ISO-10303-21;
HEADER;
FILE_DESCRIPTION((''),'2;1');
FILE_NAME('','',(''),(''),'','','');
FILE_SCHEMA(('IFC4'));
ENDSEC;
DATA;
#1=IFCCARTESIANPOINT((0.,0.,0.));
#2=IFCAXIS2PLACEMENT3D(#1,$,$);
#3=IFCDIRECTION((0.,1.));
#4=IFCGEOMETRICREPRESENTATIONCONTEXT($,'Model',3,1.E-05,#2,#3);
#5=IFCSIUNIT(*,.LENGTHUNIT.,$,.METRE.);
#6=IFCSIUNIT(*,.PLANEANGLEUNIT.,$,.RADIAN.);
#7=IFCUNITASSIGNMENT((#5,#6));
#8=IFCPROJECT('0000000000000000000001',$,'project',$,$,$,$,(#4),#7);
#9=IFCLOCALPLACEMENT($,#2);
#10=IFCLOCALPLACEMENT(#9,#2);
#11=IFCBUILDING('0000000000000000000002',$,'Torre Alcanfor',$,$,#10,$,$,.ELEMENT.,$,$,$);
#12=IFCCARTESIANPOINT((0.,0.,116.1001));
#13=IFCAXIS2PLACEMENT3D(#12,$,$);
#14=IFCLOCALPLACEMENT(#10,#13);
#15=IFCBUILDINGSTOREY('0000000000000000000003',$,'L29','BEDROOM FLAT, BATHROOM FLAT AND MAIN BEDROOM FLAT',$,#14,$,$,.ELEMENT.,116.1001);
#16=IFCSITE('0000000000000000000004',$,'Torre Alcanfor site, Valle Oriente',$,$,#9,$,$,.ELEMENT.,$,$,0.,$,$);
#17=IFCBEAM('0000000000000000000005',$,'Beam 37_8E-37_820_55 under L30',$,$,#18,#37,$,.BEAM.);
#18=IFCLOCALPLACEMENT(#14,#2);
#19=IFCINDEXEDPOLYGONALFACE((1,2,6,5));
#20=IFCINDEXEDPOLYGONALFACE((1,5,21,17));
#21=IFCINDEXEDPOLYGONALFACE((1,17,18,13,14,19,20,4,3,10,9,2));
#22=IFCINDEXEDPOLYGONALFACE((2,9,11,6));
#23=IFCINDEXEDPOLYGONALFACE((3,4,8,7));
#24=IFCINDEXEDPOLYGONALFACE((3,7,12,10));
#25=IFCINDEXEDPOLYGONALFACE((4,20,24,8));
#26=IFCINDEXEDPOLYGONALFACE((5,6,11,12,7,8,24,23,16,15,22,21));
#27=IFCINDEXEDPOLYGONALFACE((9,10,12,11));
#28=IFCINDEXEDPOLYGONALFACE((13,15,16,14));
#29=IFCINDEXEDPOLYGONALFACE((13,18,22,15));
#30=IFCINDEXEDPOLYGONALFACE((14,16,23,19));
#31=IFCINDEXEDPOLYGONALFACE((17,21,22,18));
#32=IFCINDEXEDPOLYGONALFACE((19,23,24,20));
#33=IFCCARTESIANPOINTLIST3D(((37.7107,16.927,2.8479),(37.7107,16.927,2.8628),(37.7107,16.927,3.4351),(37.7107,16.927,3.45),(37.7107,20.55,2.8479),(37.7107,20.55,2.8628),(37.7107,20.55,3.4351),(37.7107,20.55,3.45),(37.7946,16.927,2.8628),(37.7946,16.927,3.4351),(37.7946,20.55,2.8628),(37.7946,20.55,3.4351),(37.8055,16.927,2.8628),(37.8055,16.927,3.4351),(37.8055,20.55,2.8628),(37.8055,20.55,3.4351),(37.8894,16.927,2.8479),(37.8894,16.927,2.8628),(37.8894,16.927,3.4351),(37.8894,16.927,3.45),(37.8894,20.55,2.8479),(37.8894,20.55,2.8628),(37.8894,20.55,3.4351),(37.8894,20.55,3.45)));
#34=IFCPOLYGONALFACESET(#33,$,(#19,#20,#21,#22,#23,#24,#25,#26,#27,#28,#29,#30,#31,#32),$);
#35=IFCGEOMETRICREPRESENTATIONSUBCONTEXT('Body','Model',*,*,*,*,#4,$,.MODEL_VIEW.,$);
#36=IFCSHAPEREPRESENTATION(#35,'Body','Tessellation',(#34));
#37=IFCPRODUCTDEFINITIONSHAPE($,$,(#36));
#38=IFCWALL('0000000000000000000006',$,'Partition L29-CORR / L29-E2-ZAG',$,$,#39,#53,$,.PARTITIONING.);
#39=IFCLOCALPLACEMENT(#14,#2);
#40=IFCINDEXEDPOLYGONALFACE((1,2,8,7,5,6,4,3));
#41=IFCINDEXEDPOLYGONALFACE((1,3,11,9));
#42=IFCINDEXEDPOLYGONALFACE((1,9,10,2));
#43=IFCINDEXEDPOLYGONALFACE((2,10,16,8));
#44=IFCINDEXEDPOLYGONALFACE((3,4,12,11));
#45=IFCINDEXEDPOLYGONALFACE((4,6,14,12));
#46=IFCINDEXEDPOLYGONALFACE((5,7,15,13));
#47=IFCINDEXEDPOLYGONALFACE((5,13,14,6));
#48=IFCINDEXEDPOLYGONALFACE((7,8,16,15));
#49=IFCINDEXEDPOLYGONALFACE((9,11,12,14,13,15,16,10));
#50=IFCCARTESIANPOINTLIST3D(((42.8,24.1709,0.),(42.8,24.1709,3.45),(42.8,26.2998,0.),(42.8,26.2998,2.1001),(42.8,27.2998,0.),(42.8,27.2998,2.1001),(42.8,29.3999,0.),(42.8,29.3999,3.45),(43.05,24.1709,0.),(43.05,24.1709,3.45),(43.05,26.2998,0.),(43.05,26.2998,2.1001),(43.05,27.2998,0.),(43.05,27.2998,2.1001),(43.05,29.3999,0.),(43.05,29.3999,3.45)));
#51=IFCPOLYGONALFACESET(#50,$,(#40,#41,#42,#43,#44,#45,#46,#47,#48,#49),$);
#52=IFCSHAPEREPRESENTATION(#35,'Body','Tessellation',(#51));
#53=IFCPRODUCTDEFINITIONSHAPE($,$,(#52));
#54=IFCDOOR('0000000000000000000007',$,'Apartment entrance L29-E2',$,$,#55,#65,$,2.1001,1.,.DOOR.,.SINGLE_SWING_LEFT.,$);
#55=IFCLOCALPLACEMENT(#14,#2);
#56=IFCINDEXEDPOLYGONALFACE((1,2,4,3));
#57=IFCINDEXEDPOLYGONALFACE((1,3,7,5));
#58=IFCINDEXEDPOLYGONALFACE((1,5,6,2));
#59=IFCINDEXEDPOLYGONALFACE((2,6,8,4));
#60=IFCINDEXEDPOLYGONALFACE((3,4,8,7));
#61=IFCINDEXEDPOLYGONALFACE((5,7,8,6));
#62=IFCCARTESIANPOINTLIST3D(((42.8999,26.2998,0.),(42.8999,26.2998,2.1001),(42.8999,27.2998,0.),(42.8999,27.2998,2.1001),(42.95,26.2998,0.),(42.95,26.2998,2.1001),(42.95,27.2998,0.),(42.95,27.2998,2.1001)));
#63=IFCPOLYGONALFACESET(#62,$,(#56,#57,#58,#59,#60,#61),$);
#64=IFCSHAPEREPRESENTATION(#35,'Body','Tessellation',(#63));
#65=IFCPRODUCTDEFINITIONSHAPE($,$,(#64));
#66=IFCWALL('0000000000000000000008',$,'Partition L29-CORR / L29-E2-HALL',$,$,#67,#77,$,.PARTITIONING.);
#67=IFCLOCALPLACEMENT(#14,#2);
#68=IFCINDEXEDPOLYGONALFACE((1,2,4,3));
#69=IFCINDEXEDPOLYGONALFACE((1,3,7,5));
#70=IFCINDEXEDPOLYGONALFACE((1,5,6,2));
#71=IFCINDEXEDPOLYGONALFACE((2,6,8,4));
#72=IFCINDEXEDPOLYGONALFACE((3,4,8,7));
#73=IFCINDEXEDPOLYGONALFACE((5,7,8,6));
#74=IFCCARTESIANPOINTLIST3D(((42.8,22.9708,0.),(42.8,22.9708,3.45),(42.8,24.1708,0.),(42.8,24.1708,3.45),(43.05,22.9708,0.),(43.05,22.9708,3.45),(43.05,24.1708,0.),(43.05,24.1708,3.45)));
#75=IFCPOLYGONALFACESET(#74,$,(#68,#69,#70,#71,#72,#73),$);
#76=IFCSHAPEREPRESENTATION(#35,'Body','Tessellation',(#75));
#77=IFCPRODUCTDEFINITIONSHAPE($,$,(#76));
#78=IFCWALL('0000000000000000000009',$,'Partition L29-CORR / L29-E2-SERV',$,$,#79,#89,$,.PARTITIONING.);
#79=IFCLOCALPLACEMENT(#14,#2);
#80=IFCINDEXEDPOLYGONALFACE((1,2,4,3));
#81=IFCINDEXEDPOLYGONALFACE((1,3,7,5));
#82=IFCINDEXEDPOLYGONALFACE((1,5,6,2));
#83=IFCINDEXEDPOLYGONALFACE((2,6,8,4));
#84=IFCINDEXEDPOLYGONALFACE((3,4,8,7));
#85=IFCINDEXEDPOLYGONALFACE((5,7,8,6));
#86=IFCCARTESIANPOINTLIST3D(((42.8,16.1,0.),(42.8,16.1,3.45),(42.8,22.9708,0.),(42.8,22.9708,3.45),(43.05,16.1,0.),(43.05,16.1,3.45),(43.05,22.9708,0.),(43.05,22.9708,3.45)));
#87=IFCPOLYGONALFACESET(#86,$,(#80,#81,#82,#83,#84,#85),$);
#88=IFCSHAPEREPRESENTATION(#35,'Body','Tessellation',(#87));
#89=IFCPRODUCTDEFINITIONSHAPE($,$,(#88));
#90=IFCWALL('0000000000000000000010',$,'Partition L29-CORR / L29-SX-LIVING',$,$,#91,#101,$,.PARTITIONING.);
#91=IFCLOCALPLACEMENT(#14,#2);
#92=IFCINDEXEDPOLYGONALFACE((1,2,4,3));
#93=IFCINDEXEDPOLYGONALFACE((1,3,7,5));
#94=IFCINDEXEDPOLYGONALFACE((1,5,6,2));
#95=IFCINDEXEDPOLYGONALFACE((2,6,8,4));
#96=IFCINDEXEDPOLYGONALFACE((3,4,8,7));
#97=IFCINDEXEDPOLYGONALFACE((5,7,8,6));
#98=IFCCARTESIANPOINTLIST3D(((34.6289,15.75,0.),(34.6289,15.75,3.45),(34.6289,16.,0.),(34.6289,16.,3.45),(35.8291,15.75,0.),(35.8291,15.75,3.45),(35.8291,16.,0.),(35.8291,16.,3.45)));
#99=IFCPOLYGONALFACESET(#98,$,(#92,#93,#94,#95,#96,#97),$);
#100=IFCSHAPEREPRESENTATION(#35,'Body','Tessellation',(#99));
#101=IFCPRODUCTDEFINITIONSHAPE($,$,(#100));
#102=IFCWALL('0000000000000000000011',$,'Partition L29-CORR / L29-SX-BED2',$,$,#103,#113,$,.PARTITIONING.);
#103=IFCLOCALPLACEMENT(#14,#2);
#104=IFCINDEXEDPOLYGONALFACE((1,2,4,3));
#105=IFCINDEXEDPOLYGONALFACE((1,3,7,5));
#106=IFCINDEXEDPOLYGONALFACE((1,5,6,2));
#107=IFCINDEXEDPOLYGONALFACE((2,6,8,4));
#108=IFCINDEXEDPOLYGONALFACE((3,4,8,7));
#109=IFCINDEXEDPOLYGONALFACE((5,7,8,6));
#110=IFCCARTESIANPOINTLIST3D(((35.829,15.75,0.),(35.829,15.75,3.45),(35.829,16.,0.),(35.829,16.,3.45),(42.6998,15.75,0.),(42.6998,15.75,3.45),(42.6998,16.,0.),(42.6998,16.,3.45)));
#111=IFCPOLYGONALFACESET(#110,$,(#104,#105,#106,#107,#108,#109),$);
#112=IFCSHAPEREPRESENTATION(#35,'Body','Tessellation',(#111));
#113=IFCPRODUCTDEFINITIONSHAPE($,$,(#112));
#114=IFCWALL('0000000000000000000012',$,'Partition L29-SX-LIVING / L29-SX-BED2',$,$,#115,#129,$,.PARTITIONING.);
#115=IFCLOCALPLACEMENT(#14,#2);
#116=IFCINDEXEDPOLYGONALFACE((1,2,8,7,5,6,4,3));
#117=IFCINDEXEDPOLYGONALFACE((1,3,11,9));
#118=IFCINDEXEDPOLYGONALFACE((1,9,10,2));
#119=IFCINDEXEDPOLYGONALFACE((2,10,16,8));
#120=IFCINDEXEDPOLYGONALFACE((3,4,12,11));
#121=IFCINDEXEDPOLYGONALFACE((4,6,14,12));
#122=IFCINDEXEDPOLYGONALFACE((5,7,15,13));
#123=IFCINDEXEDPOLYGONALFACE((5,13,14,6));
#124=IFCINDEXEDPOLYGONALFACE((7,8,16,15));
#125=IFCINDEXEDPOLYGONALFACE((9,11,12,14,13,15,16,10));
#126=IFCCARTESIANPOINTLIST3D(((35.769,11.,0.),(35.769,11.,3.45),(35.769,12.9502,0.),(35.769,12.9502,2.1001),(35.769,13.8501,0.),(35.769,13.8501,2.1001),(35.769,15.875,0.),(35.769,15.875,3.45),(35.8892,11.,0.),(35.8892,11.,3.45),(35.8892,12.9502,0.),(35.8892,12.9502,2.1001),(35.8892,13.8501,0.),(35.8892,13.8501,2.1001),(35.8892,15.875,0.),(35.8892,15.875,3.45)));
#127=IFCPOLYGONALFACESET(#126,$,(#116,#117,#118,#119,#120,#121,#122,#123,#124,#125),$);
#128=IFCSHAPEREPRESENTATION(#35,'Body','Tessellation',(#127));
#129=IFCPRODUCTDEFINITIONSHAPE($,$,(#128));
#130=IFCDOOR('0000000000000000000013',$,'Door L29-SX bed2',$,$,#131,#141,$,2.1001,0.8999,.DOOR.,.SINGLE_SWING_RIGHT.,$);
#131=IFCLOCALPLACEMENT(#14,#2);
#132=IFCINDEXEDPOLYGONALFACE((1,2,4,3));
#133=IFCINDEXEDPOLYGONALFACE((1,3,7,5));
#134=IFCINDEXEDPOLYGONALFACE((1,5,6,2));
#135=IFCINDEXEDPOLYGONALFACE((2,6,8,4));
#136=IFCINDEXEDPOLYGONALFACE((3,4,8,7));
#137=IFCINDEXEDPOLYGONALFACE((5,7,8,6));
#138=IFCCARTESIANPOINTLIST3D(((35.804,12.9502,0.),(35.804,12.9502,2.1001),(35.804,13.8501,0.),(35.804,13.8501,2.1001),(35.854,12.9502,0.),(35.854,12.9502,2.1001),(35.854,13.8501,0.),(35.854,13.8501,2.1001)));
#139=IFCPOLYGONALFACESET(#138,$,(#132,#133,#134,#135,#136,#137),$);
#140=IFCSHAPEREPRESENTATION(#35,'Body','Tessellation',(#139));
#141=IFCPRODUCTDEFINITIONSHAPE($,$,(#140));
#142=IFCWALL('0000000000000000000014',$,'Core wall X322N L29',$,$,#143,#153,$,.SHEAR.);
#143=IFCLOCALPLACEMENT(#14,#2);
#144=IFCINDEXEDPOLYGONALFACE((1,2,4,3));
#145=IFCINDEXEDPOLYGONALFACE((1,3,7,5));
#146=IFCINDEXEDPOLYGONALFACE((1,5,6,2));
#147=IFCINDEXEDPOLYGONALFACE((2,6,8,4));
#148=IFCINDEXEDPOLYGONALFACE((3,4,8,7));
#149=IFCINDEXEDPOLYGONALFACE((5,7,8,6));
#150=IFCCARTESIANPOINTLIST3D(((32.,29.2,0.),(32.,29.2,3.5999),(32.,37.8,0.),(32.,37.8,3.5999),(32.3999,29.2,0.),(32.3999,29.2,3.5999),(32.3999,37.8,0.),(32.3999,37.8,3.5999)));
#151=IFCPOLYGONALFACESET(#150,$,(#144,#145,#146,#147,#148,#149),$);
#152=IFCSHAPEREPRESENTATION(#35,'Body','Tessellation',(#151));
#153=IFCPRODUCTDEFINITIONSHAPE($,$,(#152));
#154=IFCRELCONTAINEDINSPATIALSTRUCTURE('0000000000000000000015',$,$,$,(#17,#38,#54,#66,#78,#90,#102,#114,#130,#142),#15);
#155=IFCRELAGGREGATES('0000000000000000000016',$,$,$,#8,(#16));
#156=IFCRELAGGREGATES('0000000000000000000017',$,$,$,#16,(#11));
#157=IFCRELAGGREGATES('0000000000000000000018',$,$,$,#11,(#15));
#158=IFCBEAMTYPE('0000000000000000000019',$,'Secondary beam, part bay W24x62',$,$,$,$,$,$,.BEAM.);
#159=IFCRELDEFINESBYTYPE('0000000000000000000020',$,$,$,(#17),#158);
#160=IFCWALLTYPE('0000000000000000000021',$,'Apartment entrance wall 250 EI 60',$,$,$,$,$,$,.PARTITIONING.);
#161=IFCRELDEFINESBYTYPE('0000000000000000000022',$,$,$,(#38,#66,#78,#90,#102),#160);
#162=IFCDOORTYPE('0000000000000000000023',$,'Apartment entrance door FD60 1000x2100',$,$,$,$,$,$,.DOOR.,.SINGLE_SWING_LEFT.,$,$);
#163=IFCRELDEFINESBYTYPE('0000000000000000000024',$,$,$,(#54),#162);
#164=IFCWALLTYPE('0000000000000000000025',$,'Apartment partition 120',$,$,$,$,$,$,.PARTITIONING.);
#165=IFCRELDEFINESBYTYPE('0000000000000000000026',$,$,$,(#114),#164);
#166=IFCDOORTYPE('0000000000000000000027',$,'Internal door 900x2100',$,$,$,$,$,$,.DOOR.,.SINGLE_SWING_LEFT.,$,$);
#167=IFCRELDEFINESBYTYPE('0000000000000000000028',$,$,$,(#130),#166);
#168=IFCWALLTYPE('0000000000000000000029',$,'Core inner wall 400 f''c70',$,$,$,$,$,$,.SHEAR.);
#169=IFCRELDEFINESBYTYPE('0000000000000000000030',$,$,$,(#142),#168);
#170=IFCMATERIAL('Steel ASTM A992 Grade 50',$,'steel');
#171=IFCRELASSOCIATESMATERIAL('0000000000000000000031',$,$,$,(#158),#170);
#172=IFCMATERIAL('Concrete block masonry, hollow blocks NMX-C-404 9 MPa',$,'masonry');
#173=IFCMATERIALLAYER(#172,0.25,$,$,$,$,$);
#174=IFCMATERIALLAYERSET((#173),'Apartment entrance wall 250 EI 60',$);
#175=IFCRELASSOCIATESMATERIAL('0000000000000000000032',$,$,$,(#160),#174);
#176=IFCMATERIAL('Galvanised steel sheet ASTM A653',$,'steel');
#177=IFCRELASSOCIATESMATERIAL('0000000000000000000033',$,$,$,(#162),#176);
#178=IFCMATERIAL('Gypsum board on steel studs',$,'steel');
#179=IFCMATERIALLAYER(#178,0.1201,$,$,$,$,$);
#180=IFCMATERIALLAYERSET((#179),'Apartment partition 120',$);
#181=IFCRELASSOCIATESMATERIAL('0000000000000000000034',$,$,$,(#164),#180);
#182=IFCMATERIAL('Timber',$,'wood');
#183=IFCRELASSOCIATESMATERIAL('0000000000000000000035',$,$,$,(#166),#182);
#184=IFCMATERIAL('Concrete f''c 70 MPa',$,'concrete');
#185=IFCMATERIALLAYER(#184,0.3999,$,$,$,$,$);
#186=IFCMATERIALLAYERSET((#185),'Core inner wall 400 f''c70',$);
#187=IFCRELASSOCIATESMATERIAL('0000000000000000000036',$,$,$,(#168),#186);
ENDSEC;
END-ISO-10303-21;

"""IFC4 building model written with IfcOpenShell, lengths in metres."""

from ifc_helpers import new_model, si_unit, direction, frame, frame_2d, origin, origin_2d, place, context, subcontext, project, spatial, rectangle, i_section, extrude, material, layer, layer_set, material_profile, profile_set, type_object, element, fill, save


model = new_model("IFC4")

# Units and contexts
model_context = context("Model", 3, precision=1e-05, world=origin(), true_north=direction((0.0, 1.0)))
body_context = subcontext(model_context, "Body", "Model", "MODEL_VIEW")
ifc_project = project(units=[si_unit("LENGTHUNIT", "METRE"), si_unit("PLANEANGLEUNIT", "RADIAN")], contexts=[model_context])

# Site, building, storey
site_placement = place(None, origin())
site = spatial("IfcSite", under=ifc_project, at=site_placement, Name="Torre Alcanfor site, Valle Oriente", CompositionType="ELEMENT", RefElevation=0.0)
building_placement = place(site_placement, origin())
building = spatial("IfcBuilding", under=site, at=building_placement, Name="Torre Alcanfor", CompositionType="ELEMENT")
storey_placement = place(building_placement, frame((0.0, 0.0, 116.1001)))
storey = spatial("IfcBuildingStorey", under=building, at=storey_placement, Name="L29", Description="BEDROOM FLAT, BATHROOM FLAT AND MAIN BEDROOM FLAT", CompositionType="ELEMENT", Elevation=116.1001)

# Beam
ifc_material_1 = material(Name="Steel ASTM A992 Grade 50", Category="steel")
ifc_material_profile_1 = material_profile(ifc_material_1, i_section(OverallWidth=0.1787, OverallDepth=0.6021, WebThickness=0.011, FlangeThickness=0.0149, at=origin_2d()), Name="W24x62")
ifc_profile_set_1 = profile_set([ifc_material_profile_1], Name="Steel ASTM A992 Grade 50")
beam_type_1 = type_object("IfcBeamType", Name="Secondary beam, part bay W24x62", PredefinedType="BEAM", material=ifc_profile_set_1)
beam_1_placement = place(storey_placement, frame((37.8, 16.927, 3.1489), z_axis=(0.0, 1.0, 0.0), x_axis=(-1.0, 0.0, 0.0)))
element("IfcBeam", 1, at=beam_1_placement, inside=storey, type_object=beam_type_1, Name="Beam 37_8E-37_820_55 under L30", PredefinedType="BEAM", context=body_context, shape_type="SweptSolid", body=[
    extrude(i_section(OverallWidth=0.1787, OverallDepth=0.6021, WebThickness=0.011, FlangeThickness=0.0149, at=origin_2d()), origin(), (0.0, 0.0, 1.0), 3.623),
])

# Wall, opening, door
ifc_material_2 = material(Name="Concrete block masonry, hollow blocks NMX-C-404 9 MPa", Category="masonry")
ifc_layer_1 = layer(ifc_material_2, 0.25)
ifc_layer_set_1 = layer_set([ifc_layer_1], Name="Apartment entrance wall 250 EI 60")
wall_type_1 = type_object("IfcWallType", Name="Apartment entrance wall 250 EI 60", PredefinedType="PARTITIONING", material=ifc_layer_set_1)
wall_1_placement = place(storey_placement, frame((42.925, 29.3999, 0.0), z_axis=(0.0, 0.0, 1.0), x_axis=(0.0, -1.0, 0.0)))
wall_1 = element("IfcWall", 2, at=wall_1_placement, inside=storey, type_object=wall_type_1, Name="Partition L29-CORR / L29-E2-ZAG", PredefinedType="PARTITIONING", context=body_context, shape_type="SweptSolid", body=[
    extrude(rectangle(XDim=5.229, YDim=0.25, at=frame_2d((2.6145, 0.0))), origin(), (0.0, 0.0, 1.0), 3.45),
])
opening_1_placement = place(wall_1_placement, frame((2.1001, 0.0, 0.0)))
opening_1 = element("IfcOpeningElement", 3, at=opening_1_placement, cuts=wall_1, PredefinedType="OPENING", context=body_context, shape_type="SweptSolid", body=[
    extrude(rectangle(XDim=1.0, YDim=2.1001, at=frame_2d((0.5, 1.05))), frame((0.0, 0.135, 0.0), z_axis=(0.0, -1.0, 0.0), x_axis=(1.0, 0.0, 0.0)), (0.0, 0.0, 1.0), 0.27),
])
ifc_material_3 = material(Name="Galvanised steel sheet ASTM A653", Category="steel")
door_type_1 = type_object("IfcDoorType", Name="Apartment entrance door FD60 1000x2100", OperationType="SINGLE_SWING_LEFT", PredefinedType="DOOR", material=ifc_material_3)
door_1_placement = place(opening_1_placement, origin())
door_1 = element("IfcDoor", 4, at=door_1_placement, inside=storey, type_object=door_type_1, Name="Apartment entrance L29-E2", OperationType="SINGLE_SWING_LEFT", OverallHeight=2.1001, OverallWidth=1.0, PredefinedType="DOOR", context=body_context, shape_type="SweptSolid", body=[
    extrude(rectangle(XDim=1.0, YDim=2.1001, at=frame_2d((0.5, 1.05))), frame((0.0, 0.0249, 0.0), z_axis=(0.0, -1.0, 0.0), x_axis=(1.0, 0.0, 0.0)), (0.0, 0.0, 1.0), 0.05),
])
fill(opening_1, door_1)

# Walls
wall_2_placement = place(storey_placement, frame((42.925, 24.1709, 0.0), z_axis=(0.0, 0.0, 1.0), x_axis=(0.0, -1.0, 0.0)))
element("IfcWall", 5, at=wall_2_placement, inside=storey, type_object=wall_type_1, Name="Partition L29-CORR / L29-E2-HALL", PredefinedType="PARTITIONING", context=body_context, shape_type="SweptSolid", body=[
    extrude(rectangle(XDim=1.2, YDim=0.25, at=frame_2d((0.6001, 0.0))), origin(), (0.0, 0.0, 1.0), 3.45),
])
wall_3_placement = place(storey_placement, frame((42.925, 22.9709, 0.0), z_axis=(0.0, 0.0, 1.0), x_axis=(0.0, -1.0, 0.0)))
element("IfcWall", 6, at=wall_3_placement, inside=storey, type_object=wall_type_1, Name="Partition L29-CORR / L29-E2-SERV", PredefinedType="PARTITIONING", context=body_context, shape_type="SweptSolid", body=[
    extrude(rectangle(XDim=6.8708, YDim=0.25, at=frame_2d((3.4355, 0.0))), origin(), (0.0, 0.0, 1.0), 3.45),
])
wall_4_placement = place(storey_placement, frame((35.8291, 15.875, 0.0), z_axis=(0.0, 0.0, 1.0), x_axis=(-1.0, 0.0, 0.0)))
element("IfcWall", 7, at=wall_4_placement, inside=storey, type_object=wall_type_1, Name="Partition L29-CORR / L29-SX-LIVING", PredefinedType="PARTITIONING", context=body_context, shape_type="SweptSolid", body=[
    extrude(rectangle(XDim=1.2002, YDim=0.25, at=frame_2d((0.6001, 0.0))), origin(), (0.0, 0.0, 1.0), 3.45),
])
wall_5_placement = place(storey_placement, frame((42.7, 15.875, 0.0), z_axis=(0.0, 0.0, 1.0), x_axis=(-1.0, 0.0, 0.0)))
element("IfcWall", 8, at=wall_5_placement, inside=storey, type_object=wall_type_1, Name="Partition L29-CORR / L29-SX-BED2", PredefinedType="PARTITIONING", context=body_context, shape_type="SweptSolid", body=[
    extrude(rectangle(XDim=6.8708, YDim=0.25, at=frame_2d((3.4355, 0.0))), origin(), (0.0, 0.0, 1.0), 3.45),
])

# Wall, opening, door
ifc_material_4 = material(Name="Gypsum board on steel studs", Category="steel")
ifc_layer_2 = layer(ifc_material_4, 0.1201)
ifc_layer_set_2 = layer_set([ifc_layer_2], Name="Apartment partition 120")
wall_type_2 = type_object("IfcWallType", Name="Apartment partition 120", PredefinedType="PARTITIONING", material=ifc_layer_set_2)
wall_6_placement = place(storey_placement, frame((35.8291, 15.875, 0.0), z_axis=(0.0, 0.0, 1.0), x_axis=(0.0, -1.0, 0.0)))
wall_6 = element("IfcWall", 9, at=wall_6_placement, inside=storey, type_object=wall_type_2, Name="Partition L29-SX-LIVING / L29-SX-BED2", PredefinedType="PARTITIONING", context=body_context, shape_type="SweptSolid", body=[
    extrude(rectangle(XDim=4.875, YDim=0.1201, at=frame_2d((2.4375, 0.0))), origin(), (0.0, 0.0, 1.0), 3.45),
])
opening_2_placement = place(wall_6_placement, frame((2.0249, 0.0, 0.0)))
opening_2 = element("IfcOpeningElement", 10, at=opening_2_placement, cuts=wall_6, PredefinedType="OPENING", context=body_context, shape_type="SweptSolid", body=[
    extrude(rectangle(XDim=0.8999, YDim=2.1001, at=frame_2d((0.45, 1.05))), frame((0.0, 0.0701, 0.0), z_axis=(0.0, -1.0, 0.0), x_axis=(1.0, 0.0, 0.0)), (0.0, 0.0, 1.0), 0.1401),
])
ifc_material_5 = material(Name="Timber", Category="wood")
door_type_2 = type_object("IfcDoorType", Name="Internal door 900x2100", OperationType="SINGLE_SWING_LEFT", PredefinedType="DOOR", material=ifc_material_5)
door_2_placement = place(opening_2_placement, origin())
door_2 = element("IfcDoor", 11, at=door_2_placement, inside=storey, type_object=door_type_2, Name="Door L29-SX bed2", OperationType="SINGLE_SWING_RIGHT", OverallHeight=2.1001, OverallWidth=0.8999, PredefinedType="DOOR", context=body_context, shape_type="SweptSolid", body=[
    extrude(rectangle(XDim=0.8999, YDim=2.1001, at=frame_2d((0.45, 1.05))), frame((0.0, 0.0249, 0.0), z_axis=(0.0, -1.0, 0.0), x_axis=(1.0, 0.0, 0.0)), (0.0, 0.0, 1.0), 0.05),
])
fill(opening_2, door_2)

# Wall
ifc_material_6 = material(Name="Concrete f'c 70 MPa", Category="concrete")
ifc_layer_3 = layer(ifc_material_6, 0.3999)
ifc_layer_set_3 = layer_set([ifc_layer_3], Name="Core inner wall 400 f'c70")
wall_type_3 = type_object("IfcWallType", Name="Core inner wall 400 f'c70", PredefinedType="SHEAR", material=ifc_layer_set_3)
wall_7_placement = place(storey_placement, frame((32.2, 29.2, 0.0), z_axis=(0.0, 0.0, 1.0), x_axis=(0.0, 1.0, 0.0)))
element("IfcWall", 12, at=wall_7_placement, inside=storey, type_object=wall_type_3, Name="Core wall X322N L29", PredefinedType="SHEAR", context=body_context, shape_type="SweptSolid", body=[
    extrude(rectangle(XDim=8.6001, YDim=0.3999, at=frame_2d((4.3, 0.0))), origin(), (0.0, 0.0, 1.0), 3.5999),
])

save(model, "model.ifc")
